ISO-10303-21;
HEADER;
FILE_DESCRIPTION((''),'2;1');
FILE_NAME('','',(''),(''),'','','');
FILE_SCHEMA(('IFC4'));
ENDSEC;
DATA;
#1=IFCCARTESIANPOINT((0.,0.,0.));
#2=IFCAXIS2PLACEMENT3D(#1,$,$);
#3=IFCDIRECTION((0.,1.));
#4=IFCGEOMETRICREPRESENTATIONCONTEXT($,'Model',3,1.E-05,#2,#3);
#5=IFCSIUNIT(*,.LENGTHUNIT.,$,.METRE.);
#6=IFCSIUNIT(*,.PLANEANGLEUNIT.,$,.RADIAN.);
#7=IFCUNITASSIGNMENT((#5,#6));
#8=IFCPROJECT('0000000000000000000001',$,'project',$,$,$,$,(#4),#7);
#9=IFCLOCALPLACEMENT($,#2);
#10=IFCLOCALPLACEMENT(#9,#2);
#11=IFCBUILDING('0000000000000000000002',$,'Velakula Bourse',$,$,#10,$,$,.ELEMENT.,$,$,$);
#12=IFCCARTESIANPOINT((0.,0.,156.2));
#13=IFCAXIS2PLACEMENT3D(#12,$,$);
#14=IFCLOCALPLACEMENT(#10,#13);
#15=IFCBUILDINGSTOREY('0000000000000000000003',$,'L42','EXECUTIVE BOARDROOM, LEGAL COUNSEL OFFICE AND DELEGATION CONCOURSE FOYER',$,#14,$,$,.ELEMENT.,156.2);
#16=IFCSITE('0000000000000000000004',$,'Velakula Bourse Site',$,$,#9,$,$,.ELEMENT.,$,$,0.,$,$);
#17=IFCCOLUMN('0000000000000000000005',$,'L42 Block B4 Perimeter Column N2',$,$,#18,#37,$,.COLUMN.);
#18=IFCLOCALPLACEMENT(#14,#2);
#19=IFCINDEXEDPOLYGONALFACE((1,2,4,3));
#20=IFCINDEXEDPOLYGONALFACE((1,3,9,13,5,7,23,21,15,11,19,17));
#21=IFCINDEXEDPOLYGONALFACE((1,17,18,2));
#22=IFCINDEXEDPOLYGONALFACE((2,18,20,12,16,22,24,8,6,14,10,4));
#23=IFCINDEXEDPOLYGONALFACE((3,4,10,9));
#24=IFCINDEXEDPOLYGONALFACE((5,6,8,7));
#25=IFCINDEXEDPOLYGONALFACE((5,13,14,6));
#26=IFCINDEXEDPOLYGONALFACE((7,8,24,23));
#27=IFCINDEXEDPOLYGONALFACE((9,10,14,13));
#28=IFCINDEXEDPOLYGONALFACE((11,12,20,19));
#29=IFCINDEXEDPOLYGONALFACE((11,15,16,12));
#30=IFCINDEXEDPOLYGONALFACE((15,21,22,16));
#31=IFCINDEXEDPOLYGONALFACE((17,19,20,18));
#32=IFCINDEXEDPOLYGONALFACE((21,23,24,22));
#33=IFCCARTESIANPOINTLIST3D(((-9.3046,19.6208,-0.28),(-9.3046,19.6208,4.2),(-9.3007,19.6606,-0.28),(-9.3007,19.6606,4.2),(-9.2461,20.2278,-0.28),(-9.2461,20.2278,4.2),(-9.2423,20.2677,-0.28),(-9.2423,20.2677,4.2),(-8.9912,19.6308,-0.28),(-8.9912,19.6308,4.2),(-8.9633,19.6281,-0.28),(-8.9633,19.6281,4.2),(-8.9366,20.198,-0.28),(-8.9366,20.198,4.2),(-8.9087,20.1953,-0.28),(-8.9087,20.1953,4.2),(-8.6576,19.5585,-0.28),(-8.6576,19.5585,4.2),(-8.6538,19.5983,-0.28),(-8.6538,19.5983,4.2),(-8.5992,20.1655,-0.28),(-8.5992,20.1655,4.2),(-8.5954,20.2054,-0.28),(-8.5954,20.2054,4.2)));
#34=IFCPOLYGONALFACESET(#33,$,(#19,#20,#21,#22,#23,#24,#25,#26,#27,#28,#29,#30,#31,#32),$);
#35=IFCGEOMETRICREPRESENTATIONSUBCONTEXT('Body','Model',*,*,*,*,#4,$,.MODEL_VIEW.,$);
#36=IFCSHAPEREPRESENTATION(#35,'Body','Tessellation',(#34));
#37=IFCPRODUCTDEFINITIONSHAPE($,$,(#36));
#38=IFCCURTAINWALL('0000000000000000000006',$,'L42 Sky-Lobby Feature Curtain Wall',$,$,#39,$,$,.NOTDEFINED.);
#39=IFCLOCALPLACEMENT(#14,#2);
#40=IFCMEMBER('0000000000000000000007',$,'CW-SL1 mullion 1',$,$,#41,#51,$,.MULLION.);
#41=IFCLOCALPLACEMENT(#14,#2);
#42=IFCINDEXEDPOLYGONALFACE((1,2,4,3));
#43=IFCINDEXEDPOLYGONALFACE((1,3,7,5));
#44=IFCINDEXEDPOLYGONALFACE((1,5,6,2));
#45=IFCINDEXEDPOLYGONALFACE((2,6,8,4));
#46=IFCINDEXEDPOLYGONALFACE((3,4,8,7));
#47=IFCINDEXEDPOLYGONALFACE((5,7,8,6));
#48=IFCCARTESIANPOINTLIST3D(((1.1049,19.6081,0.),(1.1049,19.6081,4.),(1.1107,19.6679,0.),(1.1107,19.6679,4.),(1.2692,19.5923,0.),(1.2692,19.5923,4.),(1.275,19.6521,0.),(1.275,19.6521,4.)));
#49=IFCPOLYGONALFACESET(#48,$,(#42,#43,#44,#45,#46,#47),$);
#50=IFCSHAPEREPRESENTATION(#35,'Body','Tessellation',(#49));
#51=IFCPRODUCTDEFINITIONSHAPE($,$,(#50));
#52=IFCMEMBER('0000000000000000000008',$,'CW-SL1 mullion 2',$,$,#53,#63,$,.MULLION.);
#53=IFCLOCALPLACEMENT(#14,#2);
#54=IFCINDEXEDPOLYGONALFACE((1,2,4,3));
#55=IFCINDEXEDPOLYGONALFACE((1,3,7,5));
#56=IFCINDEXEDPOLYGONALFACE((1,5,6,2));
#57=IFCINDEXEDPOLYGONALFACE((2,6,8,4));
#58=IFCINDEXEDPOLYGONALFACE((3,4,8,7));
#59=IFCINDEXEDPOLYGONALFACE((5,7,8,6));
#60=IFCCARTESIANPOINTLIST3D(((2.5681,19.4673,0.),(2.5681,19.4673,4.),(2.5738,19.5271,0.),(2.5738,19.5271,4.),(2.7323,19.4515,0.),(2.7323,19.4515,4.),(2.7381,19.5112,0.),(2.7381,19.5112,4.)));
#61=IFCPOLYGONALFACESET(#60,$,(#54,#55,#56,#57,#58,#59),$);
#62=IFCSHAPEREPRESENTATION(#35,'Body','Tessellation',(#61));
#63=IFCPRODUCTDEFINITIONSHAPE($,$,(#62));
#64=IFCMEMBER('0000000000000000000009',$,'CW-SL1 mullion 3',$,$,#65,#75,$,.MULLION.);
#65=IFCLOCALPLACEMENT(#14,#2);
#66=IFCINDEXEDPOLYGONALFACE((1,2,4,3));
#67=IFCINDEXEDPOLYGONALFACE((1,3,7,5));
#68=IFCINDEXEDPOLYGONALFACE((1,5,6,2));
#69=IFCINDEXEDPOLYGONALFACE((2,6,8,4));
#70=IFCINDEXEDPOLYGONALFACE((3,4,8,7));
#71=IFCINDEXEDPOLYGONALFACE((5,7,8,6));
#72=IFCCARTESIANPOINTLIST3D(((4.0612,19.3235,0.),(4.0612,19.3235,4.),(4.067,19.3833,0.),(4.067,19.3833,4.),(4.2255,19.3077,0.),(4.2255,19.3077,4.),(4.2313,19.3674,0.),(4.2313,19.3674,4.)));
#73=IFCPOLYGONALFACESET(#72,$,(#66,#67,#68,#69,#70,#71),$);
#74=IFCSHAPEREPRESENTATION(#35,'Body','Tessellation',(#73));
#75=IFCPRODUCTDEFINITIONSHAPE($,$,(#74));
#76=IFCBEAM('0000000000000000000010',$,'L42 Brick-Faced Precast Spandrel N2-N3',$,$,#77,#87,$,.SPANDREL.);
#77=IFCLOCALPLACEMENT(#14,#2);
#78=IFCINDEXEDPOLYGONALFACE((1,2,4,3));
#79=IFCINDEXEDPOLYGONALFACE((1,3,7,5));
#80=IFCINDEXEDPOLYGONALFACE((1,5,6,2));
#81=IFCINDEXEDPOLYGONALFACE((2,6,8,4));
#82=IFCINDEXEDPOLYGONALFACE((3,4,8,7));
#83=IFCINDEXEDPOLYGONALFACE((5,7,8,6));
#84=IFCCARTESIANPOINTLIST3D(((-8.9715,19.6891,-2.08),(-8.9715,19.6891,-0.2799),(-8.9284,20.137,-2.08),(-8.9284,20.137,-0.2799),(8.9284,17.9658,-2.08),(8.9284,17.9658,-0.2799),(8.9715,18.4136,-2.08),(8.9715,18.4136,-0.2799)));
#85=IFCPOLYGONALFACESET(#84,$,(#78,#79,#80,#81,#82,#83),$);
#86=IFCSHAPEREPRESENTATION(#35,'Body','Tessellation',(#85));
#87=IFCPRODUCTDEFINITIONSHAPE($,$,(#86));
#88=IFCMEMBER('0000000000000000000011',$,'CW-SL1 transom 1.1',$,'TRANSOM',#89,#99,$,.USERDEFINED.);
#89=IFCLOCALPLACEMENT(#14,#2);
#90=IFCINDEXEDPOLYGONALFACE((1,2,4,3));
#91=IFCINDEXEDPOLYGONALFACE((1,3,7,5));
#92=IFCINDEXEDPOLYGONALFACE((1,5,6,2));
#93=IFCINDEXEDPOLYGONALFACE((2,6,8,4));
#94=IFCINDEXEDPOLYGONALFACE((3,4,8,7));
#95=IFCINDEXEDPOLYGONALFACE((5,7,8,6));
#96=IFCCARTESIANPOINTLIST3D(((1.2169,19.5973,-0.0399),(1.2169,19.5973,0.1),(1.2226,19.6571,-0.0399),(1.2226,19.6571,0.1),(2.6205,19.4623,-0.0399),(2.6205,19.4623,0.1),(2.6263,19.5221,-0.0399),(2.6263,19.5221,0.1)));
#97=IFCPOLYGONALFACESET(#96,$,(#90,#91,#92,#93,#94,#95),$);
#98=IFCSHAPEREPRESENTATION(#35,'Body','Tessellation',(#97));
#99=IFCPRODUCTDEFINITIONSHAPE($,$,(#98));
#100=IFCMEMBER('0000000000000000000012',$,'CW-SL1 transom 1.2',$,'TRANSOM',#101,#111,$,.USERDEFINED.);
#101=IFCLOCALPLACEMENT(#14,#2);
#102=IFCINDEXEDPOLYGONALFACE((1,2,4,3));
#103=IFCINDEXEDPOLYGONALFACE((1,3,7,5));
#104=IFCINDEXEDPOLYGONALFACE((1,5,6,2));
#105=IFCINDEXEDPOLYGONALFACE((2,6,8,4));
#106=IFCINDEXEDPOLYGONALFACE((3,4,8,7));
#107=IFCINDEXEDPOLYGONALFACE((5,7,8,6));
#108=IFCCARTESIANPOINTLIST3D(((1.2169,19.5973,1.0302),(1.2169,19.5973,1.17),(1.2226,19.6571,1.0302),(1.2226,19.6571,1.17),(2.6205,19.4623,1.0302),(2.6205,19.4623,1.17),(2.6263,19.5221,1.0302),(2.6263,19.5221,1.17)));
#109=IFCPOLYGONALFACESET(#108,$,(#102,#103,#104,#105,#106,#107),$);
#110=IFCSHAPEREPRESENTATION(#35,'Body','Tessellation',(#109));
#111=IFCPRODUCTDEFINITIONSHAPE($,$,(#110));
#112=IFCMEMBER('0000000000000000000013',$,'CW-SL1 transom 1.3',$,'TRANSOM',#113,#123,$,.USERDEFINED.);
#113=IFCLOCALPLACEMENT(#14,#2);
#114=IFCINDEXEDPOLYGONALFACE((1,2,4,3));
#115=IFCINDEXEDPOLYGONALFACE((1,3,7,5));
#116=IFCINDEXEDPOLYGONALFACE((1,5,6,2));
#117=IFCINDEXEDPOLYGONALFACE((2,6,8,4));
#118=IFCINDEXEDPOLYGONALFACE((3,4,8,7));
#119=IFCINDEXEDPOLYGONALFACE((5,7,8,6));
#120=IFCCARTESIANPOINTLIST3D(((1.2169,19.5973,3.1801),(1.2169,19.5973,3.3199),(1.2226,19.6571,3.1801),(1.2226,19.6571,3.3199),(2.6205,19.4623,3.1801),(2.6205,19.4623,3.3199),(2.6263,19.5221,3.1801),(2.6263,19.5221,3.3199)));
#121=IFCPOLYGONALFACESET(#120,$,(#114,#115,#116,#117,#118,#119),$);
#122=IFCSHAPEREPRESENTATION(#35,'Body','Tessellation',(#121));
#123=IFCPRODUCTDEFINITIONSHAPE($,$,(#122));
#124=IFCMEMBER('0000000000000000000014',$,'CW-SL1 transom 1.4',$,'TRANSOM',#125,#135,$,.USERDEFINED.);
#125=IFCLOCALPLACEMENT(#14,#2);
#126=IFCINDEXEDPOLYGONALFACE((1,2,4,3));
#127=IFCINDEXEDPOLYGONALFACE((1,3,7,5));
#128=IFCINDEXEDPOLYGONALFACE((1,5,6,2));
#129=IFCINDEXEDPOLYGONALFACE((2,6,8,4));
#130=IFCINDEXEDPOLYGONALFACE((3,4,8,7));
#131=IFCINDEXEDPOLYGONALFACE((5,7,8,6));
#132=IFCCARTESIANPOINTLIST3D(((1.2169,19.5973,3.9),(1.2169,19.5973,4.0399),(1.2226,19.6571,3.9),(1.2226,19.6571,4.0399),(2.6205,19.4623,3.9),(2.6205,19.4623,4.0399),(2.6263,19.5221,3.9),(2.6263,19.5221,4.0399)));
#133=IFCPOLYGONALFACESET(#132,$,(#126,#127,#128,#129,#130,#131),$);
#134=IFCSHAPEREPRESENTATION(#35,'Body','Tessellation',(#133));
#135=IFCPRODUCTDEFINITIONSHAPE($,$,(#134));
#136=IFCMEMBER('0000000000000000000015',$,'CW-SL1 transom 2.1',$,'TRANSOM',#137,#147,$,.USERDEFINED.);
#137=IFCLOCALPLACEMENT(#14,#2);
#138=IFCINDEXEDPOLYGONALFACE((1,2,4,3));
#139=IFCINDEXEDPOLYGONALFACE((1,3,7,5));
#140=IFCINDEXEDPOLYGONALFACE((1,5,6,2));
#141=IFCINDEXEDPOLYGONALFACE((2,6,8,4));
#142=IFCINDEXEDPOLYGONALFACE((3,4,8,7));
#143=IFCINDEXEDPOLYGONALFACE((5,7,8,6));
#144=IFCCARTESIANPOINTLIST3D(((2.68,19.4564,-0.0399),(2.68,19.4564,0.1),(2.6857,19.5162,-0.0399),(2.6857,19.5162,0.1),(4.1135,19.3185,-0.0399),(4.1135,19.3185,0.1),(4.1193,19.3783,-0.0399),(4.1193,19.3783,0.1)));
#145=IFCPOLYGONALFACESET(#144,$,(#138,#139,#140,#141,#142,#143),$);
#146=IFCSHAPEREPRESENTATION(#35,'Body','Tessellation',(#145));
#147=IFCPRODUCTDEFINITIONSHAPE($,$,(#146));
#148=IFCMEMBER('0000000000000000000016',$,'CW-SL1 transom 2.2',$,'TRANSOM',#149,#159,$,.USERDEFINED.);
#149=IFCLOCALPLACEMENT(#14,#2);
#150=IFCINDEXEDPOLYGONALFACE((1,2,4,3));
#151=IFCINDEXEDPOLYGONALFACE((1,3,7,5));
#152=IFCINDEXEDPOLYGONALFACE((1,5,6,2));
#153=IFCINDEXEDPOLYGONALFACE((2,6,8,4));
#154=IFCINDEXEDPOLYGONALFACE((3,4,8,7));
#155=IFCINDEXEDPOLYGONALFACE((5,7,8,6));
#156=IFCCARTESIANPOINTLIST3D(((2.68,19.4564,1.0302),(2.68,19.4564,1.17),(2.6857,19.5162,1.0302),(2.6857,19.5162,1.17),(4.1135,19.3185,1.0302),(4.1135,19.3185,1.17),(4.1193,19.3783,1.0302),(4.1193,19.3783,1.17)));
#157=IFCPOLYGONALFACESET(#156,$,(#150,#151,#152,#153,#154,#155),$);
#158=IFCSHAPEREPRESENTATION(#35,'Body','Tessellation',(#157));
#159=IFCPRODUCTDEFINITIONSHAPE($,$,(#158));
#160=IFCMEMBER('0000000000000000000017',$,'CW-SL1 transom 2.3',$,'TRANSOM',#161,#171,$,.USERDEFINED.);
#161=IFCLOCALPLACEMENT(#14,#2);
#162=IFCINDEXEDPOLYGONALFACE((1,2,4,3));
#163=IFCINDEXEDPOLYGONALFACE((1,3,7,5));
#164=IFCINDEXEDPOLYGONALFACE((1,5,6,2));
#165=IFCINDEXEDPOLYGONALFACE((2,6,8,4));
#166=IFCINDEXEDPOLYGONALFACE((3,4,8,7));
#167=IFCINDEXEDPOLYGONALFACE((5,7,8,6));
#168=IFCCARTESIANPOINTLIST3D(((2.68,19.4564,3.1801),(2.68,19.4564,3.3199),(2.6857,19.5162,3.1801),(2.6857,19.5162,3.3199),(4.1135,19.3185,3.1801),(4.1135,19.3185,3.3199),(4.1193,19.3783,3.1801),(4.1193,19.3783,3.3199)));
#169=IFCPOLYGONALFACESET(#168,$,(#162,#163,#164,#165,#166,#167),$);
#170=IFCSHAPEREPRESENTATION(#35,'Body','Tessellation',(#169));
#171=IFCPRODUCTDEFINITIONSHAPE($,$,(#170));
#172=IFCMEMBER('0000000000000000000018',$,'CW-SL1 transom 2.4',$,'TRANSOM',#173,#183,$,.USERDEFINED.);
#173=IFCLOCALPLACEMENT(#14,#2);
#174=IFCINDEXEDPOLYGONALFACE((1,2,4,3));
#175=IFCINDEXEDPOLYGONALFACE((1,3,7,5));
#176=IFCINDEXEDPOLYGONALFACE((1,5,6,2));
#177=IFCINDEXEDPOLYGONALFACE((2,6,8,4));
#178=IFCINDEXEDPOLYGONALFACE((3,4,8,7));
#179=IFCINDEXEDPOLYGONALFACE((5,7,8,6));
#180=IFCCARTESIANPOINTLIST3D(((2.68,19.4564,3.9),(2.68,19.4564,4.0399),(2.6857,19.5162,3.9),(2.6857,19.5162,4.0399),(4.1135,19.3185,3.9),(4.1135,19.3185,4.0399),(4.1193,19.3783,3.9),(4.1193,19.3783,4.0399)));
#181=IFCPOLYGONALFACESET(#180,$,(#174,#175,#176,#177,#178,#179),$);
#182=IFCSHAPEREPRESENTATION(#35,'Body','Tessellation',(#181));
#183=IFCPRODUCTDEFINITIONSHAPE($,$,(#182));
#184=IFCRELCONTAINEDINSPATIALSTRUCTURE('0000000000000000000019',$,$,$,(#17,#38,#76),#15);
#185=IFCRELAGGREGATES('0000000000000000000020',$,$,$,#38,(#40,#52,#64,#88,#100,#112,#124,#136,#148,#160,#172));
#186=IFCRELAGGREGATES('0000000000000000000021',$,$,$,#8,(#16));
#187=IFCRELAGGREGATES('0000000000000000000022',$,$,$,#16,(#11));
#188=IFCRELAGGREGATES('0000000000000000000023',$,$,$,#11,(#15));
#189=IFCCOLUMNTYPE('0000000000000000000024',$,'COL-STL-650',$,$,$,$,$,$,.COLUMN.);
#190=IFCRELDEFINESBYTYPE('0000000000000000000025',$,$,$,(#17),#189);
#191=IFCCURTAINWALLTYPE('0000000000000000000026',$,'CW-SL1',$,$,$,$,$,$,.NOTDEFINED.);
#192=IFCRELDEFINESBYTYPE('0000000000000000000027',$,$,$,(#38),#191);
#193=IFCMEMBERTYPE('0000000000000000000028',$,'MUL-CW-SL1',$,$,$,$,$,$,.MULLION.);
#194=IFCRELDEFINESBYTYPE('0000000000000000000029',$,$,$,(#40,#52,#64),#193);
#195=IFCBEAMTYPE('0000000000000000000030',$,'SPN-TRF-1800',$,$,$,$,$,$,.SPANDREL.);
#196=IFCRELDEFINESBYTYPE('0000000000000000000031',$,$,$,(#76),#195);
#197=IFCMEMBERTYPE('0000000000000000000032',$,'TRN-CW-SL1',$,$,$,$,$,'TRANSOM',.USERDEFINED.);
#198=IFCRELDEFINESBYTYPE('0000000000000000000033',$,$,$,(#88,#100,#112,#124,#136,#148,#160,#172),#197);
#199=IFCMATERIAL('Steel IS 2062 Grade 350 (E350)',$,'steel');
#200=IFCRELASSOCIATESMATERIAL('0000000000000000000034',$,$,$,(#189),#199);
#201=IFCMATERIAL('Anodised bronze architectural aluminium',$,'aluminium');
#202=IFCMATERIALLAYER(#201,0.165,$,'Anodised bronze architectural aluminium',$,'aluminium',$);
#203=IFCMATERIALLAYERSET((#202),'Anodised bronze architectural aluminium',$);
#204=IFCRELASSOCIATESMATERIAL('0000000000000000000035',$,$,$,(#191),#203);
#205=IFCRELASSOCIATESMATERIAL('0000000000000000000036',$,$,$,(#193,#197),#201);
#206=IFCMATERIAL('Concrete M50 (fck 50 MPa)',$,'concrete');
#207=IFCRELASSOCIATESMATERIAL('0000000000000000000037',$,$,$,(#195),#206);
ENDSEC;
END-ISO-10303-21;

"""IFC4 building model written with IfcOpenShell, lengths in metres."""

from ifc_helpers import new_model, si_unit, direction, frame, origin, origin_2d, place, context, subcontext, project, spatial, rectangle, i_section, extrude, material, layer, layer_set, material_profile, profile_set, type_object, element, aggregate, save


model = new_model("IFC4")

# Units and contexts
model_context = context("Model", 3, precision=1e-05, world=origin(), true_north=direction((0.0, 1.0)))
body_context = subcontext(model_context, "Body", "Model", "MODEL_VIEW")
ifc_project = project(units=[si_unit("LENGTHUNIT", "METRE"), si_unit("PLANEANGLEUNIT", "RADIAN")], contexts=[model_context])

# Site, building, storey
site_placement = place(None, origin())
site = spatial("IfcSite", under=ifc_project, at=site_placement, Name="Velakula Bourse Site", CompositionType="ELEMENT", RefElevation=0.0)
building_placement = place(site_placement, origin())
building = spatial("IfcBuilding", under=site, at=building_placement, Name="Velakula Bourse", CompositionType="ELEMENT")
storey_placement = place(building_placement, frame((0.0, 0.0, 156.2)))
storey = spatial("IfcBuildingStorey", under=building, at=storey_placement, Name="L42", Description="EXECUTIVE BOARDROOM, LEGAL COUNSEL OFFICE AND DELEGATION CONCOURSE FOYER", CompositionType="ELEMENT", Elevation=156.2)

# Column
ifc_material_1 = material(Name="Steel IS 2062 Grade 350 (E350)", Category="steel")
ifc_material_profile_1 = material_profile(ifc_material_1, i_section(OverallWidth=0.6499, OverallDepth=0.6499, WebThickness=0.0281, FlangeThickness=0.04, at=origin_2d()), Name="Steel IS 2062 Grade 350 (E350)")
ifc_profile_set_1 = profile_set([ifc_material_profile_1], Name="Steel IS 2062 Grade 350 (E350)")
column_type = type_object("IfcColumnType", Name="COL-STL-650", PredefinedType="COLUMN", material=ifc_profile_set_1)
column_placement = place(storey_placement, frame((-8.95, 19.9131, -0.28), z_axis=(0.0, 0.0, 1.0), x_axis=(0.995396, -0.095846, 0.0)))
element("IfcColumn", 1, at=column_placement, inside=storey, type_object=column_type, Name="L42 Block B4 Perimeter Column N2", PredefinedType="COLUMN", context=body_context, shape_type="SweptSolid", body=[
    extrude(i_section(OverallWidth=0.6499, OverallDepth=0.6499, WebThickness=0.0281, FlangeThickness=0.04, at=origin_2d()), origin(), (0.0, 0.0, 1.0), 4.48),
])

# Curtain wall, members
ifc_material_2 = material(Name="Anodised bronze architectural aluminium", Category="aluminium")
ifc_layer_1 = layer(ifc_material_2, 0.165, Name="Anodised bronze architectural aluminium", Category="aluminium")
ifc_layer_set_1 = layer_set([ifc_layer_1], Name="Anodised bronze architectural aluminium")
curtain_wall_type = type_object("IfcCurtainWallType", Name="CW-SL1", PredefinedType="NOTDEFINED", material=ifc_layer_set_1)
curtain_wall_placement = place(storey_placement, origin())
curtain_wall = element("IfcCurtainWall", 2, at=curtain_wall_placement, inside=storey, type_object=curtain_wall_type, Name="L42 Sky-Lobby Feature Curtain Wall", PredefinedType="NOTDEFINED")
ifc_material_profile_2 = material_profile(ifc_material_2, rectangle(XDim=0.0601, YDim=0.165, at=origin_2d()), Name="Anodised bronze architectural aluminium")
ifc_profile_set_2 = profile_set([ifc_material_profile_2], Name="Anodised bronze architectural aluminium")
member_type_1 = type_object("IfcMemberType", Name="MUL-CW-SL1", PredefinedType="MULLION", material=ifc_profile_set_2)
member_1_placement = place(storey_placement, frame((1.1899, 19.6301, 0.0), z_axis=(0.0, 0.0, 1.0), x_axis=(0.095855, 0.995395, 0.0)))
member_1 = element("IfcMember", 3, at=member_1_placement, type_object=member_type_1, Name="CW-SL1 mullion 1", PredefinedType="MULLION", context=body_context, shape_type="SweptSolid", body=[
    extrude(rectangle(XDim=0.0601, YDim=0.165, at=origin_2d()), origin(), (0.0, 0.0, 1.0), 4.0),
])
member_2_placement = place(storey_placement, frame((2.6531, 19.4893, 0.0), z_axis=(0.0, 0.0, 1.0), x_axis=(0.095855, 0.995395, 0.0)))
member_2 = element("IfcMember", 4, at=member_2_placement, type_object=member_type_1, Name="CW-SL1 mullion 2", PredefinedType="MULLION", context=body_context, shape_type="SweptSolid", body=[
    extrude(rectangle(XDim=0.0601, YDim=0.165, at=origin_2d()), origin(), (0.0, 0.0, 1.0), 4.0),
])
member_3_placement = place(storey_placement, frame((4.1462, 19.3455, 0.0), z_axis=(0.0, 0.0, 1.0), x_axis=(0.095855, 0.995395, 0.0)))
member_3 = element("IfcMember", 5, at=member_3_placement, type_object=member_type_1, Name="CW-SL1 mullion 3", PredefinedType="MULLION", context=body_context, shape_type="SweptSolid", body=[
    extrude(rectangle(XDim=0.0601, YDim=0.165, at=origin_2d()), origin(), (0.0, 0.0, 1.0), 4.0),
])

# Beam
ifc_material_3 = material(Name="Concrete M50 (fck 50 MPa)", Category="concrete")
ifc_material_profile_3 = material_profile(ifc_material_3, rectangle(XDim=0.45, YDim=1.8, at=origin_2d()), Name="Concrete M50 (fck 50 MPa)")
ifc_profile_set_3 = profile_set([ifc_material_profile_3], Name="Concrete M50 (fck 50 MPa)")
beam_type = type_object("IfcBeamType", Name="SPN-TRF-1800", PredefinedType="SPANDREL", material=ifc_profile_set_3)
beam_placement = place(storey_placement, frame((-8.95, 19.9131, -1.1799), z_axis=(0.995397, -0.095836, 0.0), x_axis=(0.095836, 0.995397, 0.0)))
element("IfcBeam", 6, at=beam_placement, inside=storey, type_object=beam_type, Name="L42 Brick-Faced Precast Spandrel N2-N3", PredefinedType="SPANDREL", context=body_context, shape_type="SweptSolid", body=[
    extrude(rectangle(XDim=0.45, YDim=1.8, at=origin_2d()), origin(), (0.0, 0.0, 1.0), 17.9827),
])

# Members
ifc_material_profile_4 = material_profile(ifc_material_2, rectangle(XDim=0.0601, YDim=0.1399, at=origin_2d()), Name="Anodised bronze architectural aluminium")
ifc_profile_set_4 = profile_set([ifc_material_profile_4], Name="Anodised bronze architectural aluminium")
member_type_2 = type_object("IfcMemberType", Name="TRN-CW-SL1", ElementType="TRANSOM", PredefinedType="USERDEFINED", material=ifc_profile_set_4)
member_4_placement = place(storey_placement, frame((1.2197, 19.6272, 0.03), z_axis=(0.995406, -0.095749, 0.0), x_axis=(0.095749, 0.995406, 0.0)))
member_4 = element("IfcMember", 7, at=member_4_placement, type_object=member_type_2, Name="CW-SL1 transom 1.1", ObjectType="TRANSOM", PredefinedType="USERDEFINED", context=body_context, shape_type="SweptSolid", body=[
    extrude(rectangle(XDim=0.0601, YDim=0.1399, at=origin_2d()), origin(), (0.0, 0.0, 1.0), 1.4102),
])
member_5_placement = place(storey_placement, frame((1.2197, 19.6272, 1.1001), z_axis=(0.995406, -0.095749, 0.0), x_axis=(0.095749, 0.995406, 0.0)))
member_5 = element("IfcMember", 8, at=member_5_placement, type_object=member_type_2, Name="CW-SL1 transom 1.2", ObjectType="TRANSOM", PredefinedType="USERDEFINED", context=body_context, shape_type="SweptSolid", body=[
    extrude(rectangle(XDim=0.0601, YDim=0.1399, at=origin_2d()), origin(), (0.0, 0.0, 1.0), 1.4102),
])
member_6_placement = place(storey_placement, frame((1.2197, 19.6272, 3.25), z_axis=(0.995406, -0.095749, 0.0), x_axis=(0.095749, 0.995406, 0.0)))
member_6 = element("IfcMember", 9, at=member_6_placement, type_object=member_type_2, Name="CW-SL1 transom 1.3", ObjectType="TRANSOM", PredefinedType="USERDEFINED", context=body_context, shape_type="SweptSolid", body=[
    extrude(rectangle(XDim=0.0601, YDim=0.1399, at=origin_2d()), origin(), (0.0, 0.0, 1.0), 1.4102),
])
member_7_placement = place(storey_placement, frame((1.2197, 19.6272, 3.97), z_axis=(0.995406, -0.095749, 0.0), x_axis=(0.095749, 0.995406, 0.0)))
member_7 = element("IfcMember", 10, at=member_7_placement, type_object=member_type_2, Name="CW-SL1 transom 1.4", ObjectType="TRANSOM", PredefinedType="USERDEFINED", context=body_context, shape_type="SweptSolid", body=[
    extrude(rectangle(XDim=0.0601, YDim=0.1399, at=origin_2d()), origin(), (0.0, 0.0, 1.0), 1.4102),
])
member_8_placement = place(storey_placement, frame((2.6829, 19.4863, 0.03), z_axis=(0.995403, -0.095777, 0.0), x_axis=(0.095777, 0.995403, 0.0)))
member_8 = element("IfcMember", 11, at=member_8_placement, type_object=member_type_2, Name="CW-SL1 transom 2.1", ObjectType="TRANSOM", PredefinedType="USERDEFINED", context=body_context, shape_type="SweptSolid", body=[
    extrude(rectangle(XDim=0.0601, YDim=0.1399, at=origin_2d()), origin(), (0.0, 0.0, 1.0), 1.4402),
])
member_9_placement = place(storey_placement, frame((2.6829, 19.4863, 1.1001), z_axis=(0.995403, -0.095777, 0.0), x_axis=(0.095777, 0.995403, 0.0)))
member_9 = element("IfcMember", 12, at=member_9_placement, type_object=member_type_2, Name="CW-SL1 transom 2.2", ObjectType="TRANSOM", PredefinedType="USERDEFINED", context=body_context, shape_type="SweptSolid", body=[
    extrude(rectangle(XDim=0.0601, YDim=0.1399, at=origin_2d()), origin(), (0.0, 0.0, 1.0), 1.4402),
])
member_10_placement = place(storey_placement, frame((2.6829, 19.4863, 3.25), z_axis=(0.995403, -0.095777, 0.0), x_axis=(0.095777, 0.995403, 0.0)))
member_10 = element("IfcMember", 13, at=member_10_placement, type_object=member_type_2, Name="CW-SL1 transom 2.3", ObjectType="TRANSOM", PredefinedType="USERDEFINED", context=body_context, shape_type="SweptSolid", body=[
    extrude(rectangle(XDim=0.0601, YDim=0.1399, at=origin_2d()), origin(), (0.0, 0.0, 1.0), 1.4402),
])
member_11_placement = place(storey_placement, frame((2.6829, 19.4863, 3.97), z_axis=(0.995403, -0.095777, 0.0), x_axis=(0.095777, 0.995403, 0.0)))
member_11 = element("IfcMember", 14, at=member_11_placement, type_object=member_type_2, Name="CW-SL1 transom 2.4", ObjectType="TRANSOM", PredefinedType="USERDEFINED", context=body_context, shape_type="SweptSolid", body=[
    extrude(rectangle(XDim=0.0601, YDim=0.1399, at=origin_2d()), origin(), (0.0, 0.0, 1.0), 1.4402),
])

aggregate(curtain_wall, [member_1, member_2, member_3, member_4, member_5, member_6, member_7, member_8, member_9, member_10, member_11])

save(model, "model.ifc")
